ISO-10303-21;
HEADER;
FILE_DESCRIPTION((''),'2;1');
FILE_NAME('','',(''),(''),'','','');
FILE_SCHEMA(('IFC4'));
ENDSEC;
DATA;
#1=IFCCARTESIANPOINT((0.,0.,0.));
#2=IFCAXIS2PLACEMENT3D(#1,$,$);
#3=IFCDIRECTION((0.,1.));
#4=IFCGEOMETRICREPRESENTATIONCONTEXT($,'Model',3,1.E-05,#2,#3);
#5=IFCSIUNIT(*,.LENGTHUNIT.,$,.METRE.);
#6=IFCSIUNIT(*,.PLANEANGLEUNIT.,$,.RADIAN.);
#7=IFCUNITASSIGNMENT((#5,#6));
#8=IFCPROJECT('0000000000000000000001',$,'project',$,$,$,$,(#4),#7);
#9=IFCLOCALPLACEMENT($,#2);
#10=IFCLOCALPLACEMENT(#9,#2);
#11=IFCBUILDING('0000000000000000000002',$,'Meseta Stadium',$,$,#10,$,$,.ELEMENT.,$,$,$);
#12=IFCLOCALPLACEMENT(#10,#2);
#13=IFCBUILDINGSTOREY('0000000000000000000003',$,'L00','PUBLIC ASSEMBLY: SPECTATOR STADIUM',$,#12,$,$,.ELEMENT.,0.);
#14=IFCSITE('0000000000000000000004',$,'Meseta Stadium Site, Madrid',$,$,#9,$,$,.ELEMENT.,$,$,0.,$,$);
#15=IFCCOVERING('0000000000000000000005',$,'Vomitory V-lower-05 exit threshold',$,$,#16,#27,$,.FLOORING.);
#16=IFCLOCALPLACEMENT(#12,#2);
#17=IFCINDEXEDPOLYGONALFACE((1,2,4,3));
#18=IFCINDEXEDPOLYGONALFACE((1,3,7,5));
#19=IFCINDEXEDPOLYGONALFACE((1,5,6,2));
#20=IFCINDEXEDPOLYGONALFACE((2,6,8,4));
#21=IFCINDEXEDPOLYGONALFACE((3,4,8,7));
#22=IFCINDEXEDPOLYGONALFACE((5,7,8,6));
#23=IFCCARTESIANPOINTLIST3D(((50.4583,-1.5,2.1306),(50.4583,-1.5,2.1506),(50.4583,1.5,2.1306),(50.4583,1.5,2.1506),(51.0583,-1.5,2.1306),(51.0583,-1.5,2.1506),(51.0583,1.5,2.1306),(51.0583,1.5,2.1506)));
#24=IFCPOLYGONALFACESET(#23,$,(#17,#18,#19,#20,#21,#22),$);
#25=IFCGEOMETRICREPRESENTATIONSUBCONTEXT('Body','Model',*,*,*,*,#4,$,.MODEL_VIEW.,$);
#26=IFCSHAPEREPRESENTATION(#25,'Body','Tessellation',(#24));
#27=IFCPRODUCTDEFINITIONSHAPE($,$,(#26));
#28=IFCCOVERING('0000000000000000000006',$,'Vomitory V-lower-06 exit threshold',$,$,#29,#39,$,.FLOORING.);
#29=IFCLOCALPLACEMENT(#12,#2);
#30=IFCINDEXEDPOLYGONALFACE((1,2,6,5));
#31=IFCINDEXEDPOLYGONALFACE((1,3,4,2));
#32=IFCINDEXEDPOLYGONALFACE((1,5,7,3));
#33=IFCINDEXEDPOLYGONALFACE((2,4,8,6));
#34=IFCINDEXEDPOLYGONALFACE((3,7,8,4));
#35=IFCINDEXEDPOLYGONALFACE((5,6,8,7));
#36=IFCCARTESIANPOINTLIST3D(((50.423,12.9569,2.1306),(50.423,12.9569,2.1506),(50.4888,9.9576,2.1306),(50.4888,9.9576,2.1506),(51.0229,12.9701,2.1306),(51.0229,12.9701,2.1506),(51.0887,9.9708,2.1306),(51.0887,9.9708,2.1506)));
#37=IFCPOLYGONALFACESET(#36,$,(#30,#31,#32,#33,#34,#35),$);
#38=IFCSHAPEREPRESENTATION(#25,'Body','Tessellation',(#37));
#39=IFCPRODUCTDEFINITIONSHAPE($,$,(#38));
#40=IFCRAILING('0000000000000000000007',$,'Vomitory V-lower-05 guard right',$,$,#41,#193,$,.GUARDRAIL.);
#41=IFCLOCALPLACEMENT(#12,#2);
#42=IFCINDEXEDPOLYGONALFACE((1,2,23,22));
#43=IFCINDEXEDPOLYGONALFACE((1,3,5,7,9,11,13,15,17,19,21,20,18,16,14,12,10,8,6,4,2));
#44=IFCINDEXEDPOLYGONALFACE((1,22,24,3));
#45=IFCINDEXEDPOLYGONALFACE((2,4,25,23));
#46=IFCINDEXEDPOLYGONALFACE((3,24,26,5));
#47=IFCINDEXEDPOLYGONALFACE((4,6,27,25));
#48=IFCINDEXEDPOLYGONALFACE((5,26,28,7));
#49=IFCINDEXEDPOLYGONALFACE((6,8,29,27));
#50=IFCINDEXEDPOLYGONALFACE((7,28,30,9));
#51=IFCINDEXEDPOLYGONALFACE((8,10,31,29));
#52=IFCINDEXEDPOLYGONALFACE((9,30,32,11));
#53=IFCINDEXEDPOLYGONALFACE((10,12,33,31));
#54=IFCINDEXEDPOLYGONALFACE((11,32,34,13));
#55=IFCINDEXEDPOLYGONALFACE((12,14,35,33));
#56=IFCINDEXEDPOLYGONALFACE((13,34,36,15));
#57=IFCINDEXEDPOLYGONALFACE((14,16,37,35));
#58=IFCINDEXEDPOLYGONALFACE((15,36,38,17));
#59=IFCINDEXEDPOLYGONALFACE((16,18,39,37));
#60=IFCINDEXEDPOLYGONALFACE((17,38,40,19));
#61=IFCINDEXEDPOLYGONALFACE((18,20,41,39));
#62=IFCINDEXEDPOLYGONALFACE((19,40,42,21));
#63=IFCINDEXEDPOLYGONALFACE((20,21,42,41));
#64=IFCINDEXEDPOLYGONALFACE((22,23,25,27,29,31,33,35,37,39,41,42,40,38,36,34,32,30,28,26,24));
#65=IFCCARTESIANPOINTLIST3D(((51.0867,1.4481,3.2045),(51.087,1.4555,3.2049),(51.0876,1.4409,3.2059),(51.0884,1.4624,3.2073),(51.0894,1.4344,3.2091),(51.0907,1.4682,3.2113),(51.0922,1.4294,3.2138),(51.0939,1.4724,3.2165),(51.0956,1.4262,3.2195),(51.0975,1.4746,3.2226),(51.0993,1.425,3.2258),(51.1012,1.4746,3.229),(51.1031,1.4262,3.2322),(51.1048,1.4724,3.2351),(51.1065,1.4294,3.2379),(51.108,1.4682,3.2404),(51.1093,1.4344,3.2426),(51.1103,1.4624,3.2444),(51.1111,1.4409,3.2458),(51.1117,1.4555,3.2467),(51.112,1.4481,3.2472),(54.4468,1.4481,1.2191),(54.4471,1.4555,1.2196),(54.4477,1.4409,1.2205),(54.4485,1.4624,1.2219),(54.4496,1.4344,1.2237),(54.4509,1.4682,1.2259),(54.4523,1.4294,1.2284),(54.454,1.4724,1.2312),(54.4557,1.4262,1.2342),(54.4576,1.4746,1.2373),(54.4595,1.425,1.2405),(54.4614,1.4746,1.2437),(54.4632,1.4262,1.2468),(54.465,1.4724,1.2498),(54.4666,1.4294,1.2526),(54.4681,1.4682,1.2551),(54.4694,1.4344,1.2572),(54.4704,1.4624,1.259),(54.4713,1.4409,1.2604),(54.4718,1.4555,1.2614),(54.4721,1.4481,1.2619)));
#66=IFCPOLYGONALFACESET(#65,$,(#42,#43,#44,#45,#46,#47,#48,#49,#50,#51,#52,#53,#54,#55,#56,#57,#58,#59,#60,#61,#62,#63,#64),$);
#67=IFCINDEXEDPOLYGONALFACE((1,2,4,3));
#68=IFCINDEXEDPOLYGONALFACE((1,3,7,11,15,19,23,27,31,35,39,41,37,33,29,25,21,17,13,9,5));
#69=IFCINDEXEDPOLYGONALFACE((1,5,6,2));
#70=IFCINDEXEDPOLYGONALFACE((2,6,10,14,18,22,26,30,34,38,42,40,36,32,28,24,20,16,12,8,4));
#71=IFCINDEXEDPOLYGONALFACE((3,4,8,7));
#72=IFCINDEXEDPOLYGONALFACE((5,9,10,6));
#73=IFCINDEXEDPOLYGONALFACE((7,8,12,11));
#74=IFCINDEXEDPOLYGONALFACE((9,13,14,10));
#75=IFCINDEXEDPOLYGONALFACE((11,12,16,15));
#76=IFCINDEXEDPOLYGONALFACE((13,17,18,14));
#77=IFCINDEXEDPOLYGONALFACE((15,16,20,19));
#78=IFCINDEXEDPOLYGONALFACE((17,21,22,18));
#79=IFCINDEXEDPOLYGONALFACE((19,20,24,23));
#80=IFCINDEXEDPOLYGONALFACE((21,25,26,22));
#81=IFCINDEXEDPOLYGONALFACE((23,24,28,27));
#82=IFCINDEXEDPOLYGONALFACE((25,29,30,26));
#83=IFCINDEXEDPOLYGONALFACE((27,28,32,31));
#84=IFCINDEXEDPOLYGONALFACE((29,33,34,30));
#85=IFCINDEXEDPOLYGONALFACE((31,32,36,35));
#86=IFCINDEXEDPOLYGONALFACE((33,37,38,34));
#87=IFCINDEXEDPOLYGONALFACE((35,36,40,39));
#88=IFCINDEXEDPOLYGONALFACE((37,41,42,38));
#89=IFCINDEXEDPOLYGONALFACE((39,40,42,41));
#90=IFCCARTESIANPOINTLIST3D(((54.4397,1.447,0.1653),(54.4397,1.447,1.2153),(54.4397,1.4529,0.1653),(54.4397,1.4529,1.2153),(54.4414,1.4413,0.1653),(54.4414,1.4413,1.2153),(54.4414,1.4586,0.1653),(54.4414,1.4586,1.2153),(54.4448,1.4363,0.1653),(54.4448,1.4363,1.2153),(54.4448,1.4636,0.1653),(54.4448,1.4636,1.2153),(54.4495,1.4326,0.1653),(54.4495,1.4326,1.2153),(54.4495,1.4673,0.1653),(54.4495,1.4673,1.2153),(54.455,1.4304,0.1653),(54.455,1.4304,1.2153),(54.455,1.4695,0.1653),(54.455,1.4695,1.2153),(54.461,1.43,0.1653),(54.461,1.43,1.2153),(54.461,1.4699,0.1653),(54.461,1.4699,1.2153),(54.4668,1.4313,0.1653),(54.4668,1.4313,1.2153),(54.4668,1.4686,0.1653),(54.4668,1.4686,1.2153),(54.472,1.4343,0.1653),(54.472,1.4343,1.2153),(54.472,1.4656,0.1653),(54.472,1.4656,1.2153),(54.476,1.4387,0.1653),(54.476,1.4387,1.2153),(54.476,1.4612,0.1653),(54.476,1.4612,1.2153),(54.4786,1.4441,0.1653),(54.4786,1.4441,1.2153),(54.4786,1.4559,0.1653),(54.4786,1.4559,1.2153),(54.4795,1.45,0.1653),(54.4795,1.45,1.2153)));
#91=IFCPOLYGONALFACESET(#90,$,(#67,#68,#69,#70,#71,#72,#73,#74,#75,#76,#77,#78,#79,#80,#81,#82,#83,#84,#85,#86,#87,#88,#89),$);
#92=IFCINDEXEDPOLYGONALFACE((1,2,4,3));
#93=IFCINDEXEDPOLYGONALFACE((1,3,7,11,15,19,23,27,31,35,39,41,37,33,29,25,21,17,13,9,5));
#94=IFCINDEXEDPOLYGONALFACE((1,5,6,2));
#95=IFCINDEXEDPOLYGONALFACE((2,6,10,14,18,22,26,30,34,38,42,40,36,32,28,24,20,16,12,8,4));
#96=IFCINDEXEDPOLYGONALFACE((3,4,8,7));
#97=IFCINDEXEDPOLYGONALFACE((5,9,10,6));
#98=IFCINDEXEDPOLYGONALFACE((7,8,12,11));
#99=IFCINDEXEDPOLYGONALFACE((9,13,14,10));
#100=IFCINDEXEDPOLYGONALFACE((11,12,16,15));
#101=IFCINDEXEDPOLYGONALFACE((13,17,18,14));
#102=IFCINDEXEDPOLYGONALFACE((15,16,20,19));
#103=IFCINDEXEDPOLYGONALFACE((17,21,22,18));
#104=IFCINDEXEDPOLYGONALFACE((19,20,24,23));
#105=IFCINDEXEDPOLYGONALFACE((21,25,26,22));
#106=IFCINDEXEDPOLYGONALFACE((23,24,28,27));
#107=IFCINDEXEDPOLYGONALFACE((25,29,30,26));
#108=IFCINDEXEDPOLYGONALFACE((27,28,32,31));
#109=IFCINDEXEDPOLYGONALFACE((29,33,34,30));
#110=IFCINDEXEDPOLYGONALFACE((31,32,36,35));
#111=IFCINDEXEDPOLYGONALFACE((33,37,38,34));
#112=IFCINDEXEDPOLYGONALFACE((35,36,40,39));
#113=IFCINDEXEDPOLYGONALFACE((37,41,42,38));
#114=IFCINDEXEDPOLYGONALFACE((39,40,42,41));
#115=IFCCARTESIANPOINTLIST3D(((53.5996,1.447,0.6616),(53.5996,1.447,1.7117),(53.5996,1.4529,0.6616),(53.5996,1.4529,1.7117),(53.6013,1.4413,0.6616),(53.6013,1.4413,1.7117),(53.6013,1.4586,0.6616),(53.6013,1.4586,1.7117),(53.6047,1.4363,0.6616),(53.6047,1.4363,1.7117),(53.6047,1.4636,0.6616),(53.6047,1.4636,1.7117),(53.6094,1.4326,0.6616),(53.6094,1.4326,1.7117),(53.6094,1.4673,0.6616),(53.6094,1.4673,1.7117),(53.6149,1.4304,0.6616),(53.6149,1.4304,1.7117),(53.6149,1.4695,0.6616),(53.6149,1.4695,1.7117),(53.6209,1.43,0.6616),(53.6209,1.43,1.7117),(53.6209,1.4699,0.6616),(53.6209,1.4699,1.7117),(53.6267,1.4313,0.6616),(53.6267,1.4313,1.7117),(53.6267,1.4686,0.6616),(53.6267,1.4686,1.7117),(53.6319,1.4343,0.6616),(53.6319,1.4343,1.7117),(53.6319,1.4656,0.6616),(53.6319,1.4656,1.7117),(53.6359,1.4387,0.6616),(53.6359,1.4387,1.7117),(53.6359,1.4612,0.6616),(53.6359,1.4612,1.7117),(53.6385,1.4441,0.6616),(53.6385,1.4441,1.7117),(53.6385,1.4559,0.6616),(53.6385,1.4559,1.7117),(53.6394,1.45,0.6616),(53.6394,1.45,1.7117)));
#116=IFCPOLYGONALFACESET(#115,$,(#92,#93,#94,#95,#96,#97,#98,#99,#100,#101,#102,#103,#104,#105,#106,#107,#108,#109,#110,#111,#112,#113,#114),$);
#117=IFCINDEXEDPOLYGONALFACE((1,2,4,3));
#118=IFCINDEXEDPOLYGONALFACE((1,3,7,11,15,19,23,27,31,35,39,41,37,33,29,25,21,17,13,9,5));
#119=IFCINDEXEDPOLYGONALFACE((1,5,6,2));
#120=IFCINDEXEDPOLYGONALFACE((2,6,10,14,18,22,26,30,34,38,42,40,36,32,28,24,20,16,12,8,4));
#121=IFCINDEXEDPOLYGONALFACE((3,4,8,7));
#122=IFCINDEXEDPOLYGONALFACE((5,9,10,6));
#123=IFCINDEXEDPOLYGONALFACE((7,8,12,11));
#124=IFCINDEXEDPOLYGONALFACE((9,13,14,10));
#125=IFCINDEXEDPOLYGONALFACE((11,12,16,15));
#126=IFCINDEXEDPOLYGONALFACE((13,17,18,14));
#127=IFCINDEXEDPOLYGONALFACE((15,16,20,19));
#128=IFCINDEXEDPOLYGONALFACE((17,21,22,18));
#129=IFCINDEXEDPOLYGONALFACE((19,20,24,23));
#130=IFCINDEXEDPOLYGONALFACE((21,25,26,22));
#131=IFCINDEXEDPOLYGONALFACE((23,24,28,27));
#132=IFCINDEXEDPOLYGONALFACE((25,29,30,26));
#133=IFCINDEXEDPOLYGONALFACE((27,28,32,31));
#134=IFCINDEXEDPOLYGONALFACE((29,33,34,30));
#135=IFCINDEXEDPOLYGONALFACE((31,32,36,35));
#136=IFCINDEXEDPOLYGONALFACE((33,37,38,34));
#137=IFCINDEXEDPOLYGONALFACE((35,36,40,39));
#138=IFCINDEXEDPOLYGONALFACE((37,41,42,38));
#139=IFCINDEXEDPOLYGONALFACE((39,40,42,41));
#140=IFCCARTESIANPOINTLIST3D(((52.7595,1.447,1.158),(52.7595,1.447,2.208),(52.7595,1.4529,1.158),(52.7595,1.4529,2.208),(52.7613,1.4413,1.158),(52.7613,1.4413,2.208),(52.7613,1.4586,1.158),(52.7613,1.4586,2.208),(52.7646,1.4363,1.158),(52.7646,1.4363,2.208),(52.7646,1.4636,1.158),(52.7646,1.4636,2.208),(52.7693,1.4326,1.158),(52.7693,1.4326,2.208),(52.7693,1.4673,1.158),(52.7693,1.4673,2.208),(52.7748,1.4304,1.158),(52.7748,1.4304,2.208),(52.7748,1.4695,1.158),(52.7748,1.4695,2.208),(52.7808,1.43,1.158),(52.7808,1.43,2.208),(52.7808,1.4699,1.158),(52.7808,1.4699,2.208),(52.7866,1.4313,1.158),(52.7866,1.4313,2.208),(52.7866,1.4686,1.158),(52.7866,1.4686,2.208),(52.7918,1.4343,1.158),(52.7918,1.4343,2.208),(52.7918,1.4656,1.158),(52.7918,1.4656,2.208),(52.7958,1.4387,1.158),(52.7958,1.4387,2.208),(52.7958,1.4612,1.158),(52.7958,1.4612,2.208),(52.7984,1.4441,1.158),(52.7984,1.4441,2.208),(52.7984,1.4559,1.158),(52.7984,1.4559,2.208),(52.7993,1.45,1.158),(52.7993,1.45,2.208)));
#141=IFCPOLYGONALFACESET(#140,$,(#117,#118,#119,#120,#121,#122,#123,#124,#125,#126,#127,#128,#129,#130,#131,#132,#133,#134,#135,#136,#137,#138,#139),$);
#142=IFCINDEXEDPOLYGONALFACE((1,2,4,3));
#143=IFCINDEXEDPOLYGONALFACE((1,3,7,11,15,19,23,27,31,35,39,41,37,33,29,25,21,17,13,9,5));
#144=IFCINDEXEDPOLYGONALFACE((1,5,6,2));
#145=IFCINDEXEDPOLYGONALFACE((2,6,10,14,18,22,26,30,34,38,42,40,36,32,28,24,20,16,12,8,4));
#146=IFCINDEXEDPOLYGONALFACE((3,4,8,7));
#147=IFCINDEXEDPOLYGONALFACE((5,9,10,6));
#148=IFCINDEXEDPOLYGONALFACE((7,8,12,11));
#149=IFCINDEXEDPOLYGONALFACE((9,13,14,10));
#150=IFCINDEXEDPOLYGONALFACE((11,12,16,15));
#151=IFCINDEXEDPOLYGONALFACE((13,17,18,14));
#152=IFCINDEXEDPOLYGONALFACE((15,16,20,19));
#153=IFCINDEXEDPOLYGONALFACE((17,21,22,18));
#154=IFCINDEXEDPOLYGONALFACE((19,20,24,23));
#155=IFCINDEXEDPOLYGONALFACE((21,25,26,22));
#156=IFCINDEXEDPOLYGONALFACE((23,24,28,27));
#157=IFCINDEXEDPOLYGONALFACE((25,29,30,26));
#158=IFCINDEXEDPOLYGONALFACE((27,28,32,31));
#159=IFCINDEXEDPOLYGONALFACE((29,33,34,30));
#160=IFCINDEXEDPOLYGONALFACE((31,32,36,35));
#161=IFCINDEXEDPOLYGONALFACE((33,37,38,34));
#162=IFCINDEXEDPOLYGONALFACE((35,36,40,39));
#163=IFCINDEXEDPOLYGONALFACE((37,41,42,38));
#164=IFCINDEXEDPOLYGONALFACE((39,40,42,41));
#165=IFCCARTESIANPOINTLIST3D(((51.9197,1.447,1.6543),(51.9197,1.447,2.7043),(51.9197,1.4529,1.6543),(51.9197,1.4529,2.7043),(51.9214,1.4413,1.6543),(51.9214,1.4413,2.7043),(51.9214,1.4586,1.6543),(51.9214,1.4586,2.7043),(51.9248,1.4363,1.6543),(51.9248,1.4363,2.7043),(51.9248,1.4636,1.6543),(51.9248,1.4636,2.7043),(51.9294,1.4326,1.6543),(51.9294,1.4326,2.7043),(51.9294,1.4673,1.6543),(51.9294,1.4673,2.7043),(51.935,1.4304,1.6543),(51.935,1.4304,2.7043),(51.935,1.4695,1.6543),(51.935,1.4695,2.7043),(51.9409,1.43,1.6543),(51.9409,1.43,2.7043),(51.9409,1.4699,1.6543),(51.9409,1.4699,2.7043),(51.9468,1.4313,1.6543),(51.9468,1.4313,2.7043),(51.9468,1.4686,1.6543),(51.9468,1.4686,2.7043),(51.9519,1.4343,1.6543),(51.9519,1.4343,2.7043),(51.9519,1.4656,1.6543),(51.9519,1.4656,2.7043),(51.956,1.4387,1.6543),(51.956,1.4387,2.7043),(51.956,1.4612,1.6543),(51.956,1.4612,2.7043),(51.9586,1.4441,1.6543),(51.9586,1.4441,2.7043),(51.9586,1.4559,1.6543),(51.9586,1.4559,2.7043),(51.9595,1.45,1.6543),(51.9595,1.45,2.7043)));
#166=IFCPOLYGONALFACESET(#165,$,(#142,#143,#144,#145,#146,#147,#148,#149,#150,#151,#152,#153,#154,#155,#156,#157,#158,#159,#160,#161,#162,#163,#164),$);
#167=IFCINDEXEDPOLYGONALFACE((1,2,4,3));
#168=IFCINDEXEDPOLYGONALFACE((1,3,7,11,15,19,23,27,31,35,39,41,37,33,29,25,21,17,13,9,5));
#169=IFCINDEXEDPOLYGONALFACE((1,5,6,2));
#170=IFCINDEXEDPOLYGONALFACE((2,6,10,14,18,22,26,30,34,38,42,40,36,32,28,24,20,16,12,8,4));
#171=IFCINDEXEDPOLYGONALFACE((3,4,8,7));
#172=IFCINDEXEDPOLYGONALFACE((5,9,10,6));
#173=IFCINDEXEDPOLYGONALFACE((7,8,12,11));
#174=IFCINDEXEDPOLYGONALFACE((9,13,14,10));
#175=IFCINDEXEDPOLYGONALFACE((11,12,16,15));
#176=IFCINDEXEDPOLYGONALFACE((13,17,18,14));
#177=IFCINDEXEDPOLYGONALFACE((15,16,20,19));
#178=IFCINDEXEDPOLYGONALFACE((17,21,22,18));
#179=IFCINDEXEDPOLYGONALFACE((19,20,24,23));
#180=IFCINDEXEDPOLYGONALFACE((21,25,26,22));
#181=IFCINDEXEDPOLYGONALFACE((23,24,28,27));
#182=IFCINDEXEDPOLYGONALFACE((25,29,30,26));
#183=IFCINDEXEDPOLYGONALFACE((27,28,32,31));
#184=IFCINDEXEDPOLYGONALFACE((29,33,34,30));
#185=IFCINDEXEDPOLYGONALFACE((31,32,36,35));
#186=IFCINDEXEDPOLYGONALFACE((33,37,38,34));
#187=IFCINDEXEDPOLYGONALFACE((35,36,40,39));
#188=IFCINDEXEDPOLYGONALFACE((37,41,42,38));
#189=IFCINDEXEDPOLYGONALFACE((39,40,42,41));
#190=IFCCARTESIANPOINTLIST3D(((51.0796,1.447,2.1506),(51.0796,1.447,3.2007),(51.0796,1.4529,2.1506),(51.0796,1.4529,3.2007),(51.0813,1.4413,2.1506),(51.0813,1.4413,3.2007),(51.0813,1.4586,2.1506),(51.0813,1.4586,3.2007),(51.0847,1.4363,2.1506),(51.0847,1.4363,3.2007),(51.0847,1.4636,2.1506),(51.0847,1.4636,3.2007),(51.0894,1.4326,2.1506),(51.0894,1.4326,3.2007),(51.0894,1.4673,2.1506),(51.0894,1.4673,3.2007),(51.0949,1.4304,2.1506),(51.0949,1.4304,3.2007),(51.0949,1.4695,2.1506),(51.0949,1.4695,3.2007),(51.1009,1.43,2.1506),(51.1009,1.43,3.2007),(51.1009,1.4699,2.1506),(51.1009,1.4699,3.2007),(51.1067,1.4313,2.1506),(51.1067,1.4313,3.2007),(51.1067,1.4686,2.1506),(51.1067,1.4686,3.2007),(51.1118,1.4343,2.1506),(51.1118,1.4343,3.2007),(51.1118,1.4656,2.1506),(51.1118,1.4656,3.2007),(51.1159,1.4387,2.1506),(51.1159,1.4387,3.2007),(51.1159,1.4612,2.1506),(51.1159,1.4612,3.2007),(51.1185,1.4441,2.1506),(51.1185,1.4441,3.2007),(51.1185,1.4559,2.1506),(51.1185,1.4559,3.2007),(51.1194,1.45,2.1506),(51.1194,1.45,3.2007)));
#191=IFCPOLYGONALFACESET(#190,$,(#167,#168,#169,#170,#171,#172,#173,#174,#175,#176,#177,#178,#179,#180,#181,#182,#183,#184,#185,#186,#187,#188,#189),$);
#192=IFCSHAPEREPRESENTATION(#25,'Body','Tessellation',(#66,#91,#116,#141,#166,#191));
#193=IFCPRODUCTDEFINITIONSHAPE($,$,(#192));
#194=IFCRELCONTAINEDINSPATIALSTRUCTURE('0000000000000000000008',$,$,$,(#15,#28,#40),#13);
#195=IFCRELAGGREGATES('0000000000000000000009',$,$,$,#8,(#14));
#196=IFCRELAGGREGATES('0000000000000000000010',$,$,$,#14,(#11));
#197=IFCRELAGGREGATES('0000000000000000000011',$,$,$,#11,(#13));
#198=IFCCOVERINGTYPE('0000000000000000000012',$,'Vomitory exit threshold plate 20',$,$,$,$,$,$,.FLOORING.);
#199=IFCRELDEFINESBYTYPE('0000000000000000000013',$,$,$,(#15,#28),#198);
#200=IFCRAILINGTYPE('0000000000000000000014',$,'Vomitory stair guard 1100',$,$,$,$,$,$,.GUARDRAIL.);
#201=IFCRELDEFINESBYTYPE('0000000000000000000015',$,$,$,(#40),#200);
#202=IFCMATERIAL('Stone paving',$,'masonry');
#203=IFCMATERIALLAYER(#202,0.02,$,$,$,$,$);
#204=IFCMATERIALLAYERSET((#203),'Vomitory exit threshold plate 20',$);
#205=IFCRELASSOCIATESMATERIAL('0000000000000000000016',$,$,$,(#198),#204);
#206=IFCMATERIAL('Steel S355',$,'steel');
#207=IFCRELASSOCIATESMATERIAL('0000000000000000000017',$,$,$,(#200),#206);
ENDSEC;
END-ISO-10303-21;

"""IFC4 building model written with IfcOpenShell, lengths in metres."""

from ifc_helpers import new_model, si_unit, direction, frame, origin, origin_2d, place, context, subcontext, project, spatial, rectangle, circle, extrude, material, layer, layer_set, type_object, element, save


model = new_model("IFC4")

# Units and contexts
model_context = context("Model", 3, precision=1e-05, world=origin(), true_north=direction((0.0, 1.0)))
body_context = subcontext(model_context, "Body", "Model", "MODEL_VIEW")
ifc_project = project(units=[si_unit("LENGTHUNIT", "METRE"), si_unit("PLANEANGLEUNIT", "RADIAN")], contexts=[model_context])

# Site, building, storey
site_placement = place(None, origin())
site = spatial("IfcSite", under=ifc_project, at=site_placement, Name="Meseta Stadium Site, Madrid", CompositionType="ELEMENT", RefElevation=0.0)
building_placement = place(site_placement, origin())
building = spatial("IfcBuilding", under=site, at=building_placement, Name="Meseta Stadium", CompositionType="ELEMENT")
storey_placement = place(building_placement, origin())
storey = spatial("IfcBuildingStorey", under=building, at=storey_placement, Name="L00", Description="PUBLIC ASSEMBLY: SPECTATOR STADIUM", CompositionType="ELEMENT", Elevation=0.0)

# Coverings
ifc_material_1 = material(Name="Stone paving", Category="masonry")
ifc_layer = layer(ifc_material_1, 0.02)
ifc_layer_set = layer_set([ifc_layer], Name="Vomitory exit threshold plate 20")
covering_type = type_object("IfcCoveringType", Name="Vomitory exit threshold plate 20", PredefinedType="FLOORING", material=ifc_layer_set)
for number, where, z_axis, x_axis, name in (
    (1, (50.7583, 0.0, 2.1306), (0.0, 0.0, 1.0), (-1.0, 0.0, 0.0), "Vomitory V-lower-05 exit threshold"),
    (2, (50.7559, 11.4639, 2.1306), (0.0, 0.0, 1.0), (-0.99976, -0.021925, 0.0), "Vomitory V-lower-06 exit threshold"),
):
    element("IfcCovering", number, at=place(storey_placement, frame(where, z_axis=z_axis, x_axis=x_axis)), inside=storey, type_object=covering_type, Name=name, PredefinedType="FLOORING", context=body_context, shape_type="SweptSolid", body=[
        extrude(rectangle(XDim=0.6001, YDim=3.0, at=origin_2d()), origin(), (0.0, 0.0, 1.0), 0.02),
    ])

# Railing
ifc_material_2 = material(Name="Steel S355", Category="steel")
railing_type_1 = type_object("IfcRailingType", Name="Vomitory stair guard 1100", PredefinedType="GUARDRAIL", material=ifc_material_2)
railing_1_placement = place(storey_placement, frame((54.4595, 1.45, 0.1653)))
element("IfcRailing", 3, at=railing_1_placement, inside=storey, type_object=railing_type_1, Name="Vomitory V-lower-05 guard right", PredefinedType="GUARDRAIL", context=body_context, shape_type="SweptSolid", body=[
    extrude(circle(Radius=0.0249, at=origin_2d()), frame((0.0, 0.0, 1.0752), z_axis=(-0.860945, 0.0, 0.508698), x_axis=(0.0, -1.0, 0.0)), (0.0, 0.0, 1.0), 3.9028),
    extrude(circle(Radius=0.02, at=origin_2d()), origin(), (0.0, 0.0, 1.0), 1.05),
    extrude(circle(Radius=0.02, at=origin_2d()), frame((-0.8401, 0.0, 0.4963)), (0.0, 0.0, 1.0), 1.05),
    extrude(circle(Radius=0.02, at=origin_2d()), frame((-1.6802, 0.0, 0.9927)), (0.0, 0.0, 1.0), 1.05),
    extrude(circle(Radius=0.02, at=origin_2d()), frame((-2.52, 0.0, 1.489)), (0.0, 0.0, 1.0), 1.05),
    extrude(circle(Radius=0.02, at=origin_2d()), frame((-3.3601, 0.0, 1.9854)), (0.0, 0.0, 1.0), 1.05),
])

save(model, "model.ifc")
